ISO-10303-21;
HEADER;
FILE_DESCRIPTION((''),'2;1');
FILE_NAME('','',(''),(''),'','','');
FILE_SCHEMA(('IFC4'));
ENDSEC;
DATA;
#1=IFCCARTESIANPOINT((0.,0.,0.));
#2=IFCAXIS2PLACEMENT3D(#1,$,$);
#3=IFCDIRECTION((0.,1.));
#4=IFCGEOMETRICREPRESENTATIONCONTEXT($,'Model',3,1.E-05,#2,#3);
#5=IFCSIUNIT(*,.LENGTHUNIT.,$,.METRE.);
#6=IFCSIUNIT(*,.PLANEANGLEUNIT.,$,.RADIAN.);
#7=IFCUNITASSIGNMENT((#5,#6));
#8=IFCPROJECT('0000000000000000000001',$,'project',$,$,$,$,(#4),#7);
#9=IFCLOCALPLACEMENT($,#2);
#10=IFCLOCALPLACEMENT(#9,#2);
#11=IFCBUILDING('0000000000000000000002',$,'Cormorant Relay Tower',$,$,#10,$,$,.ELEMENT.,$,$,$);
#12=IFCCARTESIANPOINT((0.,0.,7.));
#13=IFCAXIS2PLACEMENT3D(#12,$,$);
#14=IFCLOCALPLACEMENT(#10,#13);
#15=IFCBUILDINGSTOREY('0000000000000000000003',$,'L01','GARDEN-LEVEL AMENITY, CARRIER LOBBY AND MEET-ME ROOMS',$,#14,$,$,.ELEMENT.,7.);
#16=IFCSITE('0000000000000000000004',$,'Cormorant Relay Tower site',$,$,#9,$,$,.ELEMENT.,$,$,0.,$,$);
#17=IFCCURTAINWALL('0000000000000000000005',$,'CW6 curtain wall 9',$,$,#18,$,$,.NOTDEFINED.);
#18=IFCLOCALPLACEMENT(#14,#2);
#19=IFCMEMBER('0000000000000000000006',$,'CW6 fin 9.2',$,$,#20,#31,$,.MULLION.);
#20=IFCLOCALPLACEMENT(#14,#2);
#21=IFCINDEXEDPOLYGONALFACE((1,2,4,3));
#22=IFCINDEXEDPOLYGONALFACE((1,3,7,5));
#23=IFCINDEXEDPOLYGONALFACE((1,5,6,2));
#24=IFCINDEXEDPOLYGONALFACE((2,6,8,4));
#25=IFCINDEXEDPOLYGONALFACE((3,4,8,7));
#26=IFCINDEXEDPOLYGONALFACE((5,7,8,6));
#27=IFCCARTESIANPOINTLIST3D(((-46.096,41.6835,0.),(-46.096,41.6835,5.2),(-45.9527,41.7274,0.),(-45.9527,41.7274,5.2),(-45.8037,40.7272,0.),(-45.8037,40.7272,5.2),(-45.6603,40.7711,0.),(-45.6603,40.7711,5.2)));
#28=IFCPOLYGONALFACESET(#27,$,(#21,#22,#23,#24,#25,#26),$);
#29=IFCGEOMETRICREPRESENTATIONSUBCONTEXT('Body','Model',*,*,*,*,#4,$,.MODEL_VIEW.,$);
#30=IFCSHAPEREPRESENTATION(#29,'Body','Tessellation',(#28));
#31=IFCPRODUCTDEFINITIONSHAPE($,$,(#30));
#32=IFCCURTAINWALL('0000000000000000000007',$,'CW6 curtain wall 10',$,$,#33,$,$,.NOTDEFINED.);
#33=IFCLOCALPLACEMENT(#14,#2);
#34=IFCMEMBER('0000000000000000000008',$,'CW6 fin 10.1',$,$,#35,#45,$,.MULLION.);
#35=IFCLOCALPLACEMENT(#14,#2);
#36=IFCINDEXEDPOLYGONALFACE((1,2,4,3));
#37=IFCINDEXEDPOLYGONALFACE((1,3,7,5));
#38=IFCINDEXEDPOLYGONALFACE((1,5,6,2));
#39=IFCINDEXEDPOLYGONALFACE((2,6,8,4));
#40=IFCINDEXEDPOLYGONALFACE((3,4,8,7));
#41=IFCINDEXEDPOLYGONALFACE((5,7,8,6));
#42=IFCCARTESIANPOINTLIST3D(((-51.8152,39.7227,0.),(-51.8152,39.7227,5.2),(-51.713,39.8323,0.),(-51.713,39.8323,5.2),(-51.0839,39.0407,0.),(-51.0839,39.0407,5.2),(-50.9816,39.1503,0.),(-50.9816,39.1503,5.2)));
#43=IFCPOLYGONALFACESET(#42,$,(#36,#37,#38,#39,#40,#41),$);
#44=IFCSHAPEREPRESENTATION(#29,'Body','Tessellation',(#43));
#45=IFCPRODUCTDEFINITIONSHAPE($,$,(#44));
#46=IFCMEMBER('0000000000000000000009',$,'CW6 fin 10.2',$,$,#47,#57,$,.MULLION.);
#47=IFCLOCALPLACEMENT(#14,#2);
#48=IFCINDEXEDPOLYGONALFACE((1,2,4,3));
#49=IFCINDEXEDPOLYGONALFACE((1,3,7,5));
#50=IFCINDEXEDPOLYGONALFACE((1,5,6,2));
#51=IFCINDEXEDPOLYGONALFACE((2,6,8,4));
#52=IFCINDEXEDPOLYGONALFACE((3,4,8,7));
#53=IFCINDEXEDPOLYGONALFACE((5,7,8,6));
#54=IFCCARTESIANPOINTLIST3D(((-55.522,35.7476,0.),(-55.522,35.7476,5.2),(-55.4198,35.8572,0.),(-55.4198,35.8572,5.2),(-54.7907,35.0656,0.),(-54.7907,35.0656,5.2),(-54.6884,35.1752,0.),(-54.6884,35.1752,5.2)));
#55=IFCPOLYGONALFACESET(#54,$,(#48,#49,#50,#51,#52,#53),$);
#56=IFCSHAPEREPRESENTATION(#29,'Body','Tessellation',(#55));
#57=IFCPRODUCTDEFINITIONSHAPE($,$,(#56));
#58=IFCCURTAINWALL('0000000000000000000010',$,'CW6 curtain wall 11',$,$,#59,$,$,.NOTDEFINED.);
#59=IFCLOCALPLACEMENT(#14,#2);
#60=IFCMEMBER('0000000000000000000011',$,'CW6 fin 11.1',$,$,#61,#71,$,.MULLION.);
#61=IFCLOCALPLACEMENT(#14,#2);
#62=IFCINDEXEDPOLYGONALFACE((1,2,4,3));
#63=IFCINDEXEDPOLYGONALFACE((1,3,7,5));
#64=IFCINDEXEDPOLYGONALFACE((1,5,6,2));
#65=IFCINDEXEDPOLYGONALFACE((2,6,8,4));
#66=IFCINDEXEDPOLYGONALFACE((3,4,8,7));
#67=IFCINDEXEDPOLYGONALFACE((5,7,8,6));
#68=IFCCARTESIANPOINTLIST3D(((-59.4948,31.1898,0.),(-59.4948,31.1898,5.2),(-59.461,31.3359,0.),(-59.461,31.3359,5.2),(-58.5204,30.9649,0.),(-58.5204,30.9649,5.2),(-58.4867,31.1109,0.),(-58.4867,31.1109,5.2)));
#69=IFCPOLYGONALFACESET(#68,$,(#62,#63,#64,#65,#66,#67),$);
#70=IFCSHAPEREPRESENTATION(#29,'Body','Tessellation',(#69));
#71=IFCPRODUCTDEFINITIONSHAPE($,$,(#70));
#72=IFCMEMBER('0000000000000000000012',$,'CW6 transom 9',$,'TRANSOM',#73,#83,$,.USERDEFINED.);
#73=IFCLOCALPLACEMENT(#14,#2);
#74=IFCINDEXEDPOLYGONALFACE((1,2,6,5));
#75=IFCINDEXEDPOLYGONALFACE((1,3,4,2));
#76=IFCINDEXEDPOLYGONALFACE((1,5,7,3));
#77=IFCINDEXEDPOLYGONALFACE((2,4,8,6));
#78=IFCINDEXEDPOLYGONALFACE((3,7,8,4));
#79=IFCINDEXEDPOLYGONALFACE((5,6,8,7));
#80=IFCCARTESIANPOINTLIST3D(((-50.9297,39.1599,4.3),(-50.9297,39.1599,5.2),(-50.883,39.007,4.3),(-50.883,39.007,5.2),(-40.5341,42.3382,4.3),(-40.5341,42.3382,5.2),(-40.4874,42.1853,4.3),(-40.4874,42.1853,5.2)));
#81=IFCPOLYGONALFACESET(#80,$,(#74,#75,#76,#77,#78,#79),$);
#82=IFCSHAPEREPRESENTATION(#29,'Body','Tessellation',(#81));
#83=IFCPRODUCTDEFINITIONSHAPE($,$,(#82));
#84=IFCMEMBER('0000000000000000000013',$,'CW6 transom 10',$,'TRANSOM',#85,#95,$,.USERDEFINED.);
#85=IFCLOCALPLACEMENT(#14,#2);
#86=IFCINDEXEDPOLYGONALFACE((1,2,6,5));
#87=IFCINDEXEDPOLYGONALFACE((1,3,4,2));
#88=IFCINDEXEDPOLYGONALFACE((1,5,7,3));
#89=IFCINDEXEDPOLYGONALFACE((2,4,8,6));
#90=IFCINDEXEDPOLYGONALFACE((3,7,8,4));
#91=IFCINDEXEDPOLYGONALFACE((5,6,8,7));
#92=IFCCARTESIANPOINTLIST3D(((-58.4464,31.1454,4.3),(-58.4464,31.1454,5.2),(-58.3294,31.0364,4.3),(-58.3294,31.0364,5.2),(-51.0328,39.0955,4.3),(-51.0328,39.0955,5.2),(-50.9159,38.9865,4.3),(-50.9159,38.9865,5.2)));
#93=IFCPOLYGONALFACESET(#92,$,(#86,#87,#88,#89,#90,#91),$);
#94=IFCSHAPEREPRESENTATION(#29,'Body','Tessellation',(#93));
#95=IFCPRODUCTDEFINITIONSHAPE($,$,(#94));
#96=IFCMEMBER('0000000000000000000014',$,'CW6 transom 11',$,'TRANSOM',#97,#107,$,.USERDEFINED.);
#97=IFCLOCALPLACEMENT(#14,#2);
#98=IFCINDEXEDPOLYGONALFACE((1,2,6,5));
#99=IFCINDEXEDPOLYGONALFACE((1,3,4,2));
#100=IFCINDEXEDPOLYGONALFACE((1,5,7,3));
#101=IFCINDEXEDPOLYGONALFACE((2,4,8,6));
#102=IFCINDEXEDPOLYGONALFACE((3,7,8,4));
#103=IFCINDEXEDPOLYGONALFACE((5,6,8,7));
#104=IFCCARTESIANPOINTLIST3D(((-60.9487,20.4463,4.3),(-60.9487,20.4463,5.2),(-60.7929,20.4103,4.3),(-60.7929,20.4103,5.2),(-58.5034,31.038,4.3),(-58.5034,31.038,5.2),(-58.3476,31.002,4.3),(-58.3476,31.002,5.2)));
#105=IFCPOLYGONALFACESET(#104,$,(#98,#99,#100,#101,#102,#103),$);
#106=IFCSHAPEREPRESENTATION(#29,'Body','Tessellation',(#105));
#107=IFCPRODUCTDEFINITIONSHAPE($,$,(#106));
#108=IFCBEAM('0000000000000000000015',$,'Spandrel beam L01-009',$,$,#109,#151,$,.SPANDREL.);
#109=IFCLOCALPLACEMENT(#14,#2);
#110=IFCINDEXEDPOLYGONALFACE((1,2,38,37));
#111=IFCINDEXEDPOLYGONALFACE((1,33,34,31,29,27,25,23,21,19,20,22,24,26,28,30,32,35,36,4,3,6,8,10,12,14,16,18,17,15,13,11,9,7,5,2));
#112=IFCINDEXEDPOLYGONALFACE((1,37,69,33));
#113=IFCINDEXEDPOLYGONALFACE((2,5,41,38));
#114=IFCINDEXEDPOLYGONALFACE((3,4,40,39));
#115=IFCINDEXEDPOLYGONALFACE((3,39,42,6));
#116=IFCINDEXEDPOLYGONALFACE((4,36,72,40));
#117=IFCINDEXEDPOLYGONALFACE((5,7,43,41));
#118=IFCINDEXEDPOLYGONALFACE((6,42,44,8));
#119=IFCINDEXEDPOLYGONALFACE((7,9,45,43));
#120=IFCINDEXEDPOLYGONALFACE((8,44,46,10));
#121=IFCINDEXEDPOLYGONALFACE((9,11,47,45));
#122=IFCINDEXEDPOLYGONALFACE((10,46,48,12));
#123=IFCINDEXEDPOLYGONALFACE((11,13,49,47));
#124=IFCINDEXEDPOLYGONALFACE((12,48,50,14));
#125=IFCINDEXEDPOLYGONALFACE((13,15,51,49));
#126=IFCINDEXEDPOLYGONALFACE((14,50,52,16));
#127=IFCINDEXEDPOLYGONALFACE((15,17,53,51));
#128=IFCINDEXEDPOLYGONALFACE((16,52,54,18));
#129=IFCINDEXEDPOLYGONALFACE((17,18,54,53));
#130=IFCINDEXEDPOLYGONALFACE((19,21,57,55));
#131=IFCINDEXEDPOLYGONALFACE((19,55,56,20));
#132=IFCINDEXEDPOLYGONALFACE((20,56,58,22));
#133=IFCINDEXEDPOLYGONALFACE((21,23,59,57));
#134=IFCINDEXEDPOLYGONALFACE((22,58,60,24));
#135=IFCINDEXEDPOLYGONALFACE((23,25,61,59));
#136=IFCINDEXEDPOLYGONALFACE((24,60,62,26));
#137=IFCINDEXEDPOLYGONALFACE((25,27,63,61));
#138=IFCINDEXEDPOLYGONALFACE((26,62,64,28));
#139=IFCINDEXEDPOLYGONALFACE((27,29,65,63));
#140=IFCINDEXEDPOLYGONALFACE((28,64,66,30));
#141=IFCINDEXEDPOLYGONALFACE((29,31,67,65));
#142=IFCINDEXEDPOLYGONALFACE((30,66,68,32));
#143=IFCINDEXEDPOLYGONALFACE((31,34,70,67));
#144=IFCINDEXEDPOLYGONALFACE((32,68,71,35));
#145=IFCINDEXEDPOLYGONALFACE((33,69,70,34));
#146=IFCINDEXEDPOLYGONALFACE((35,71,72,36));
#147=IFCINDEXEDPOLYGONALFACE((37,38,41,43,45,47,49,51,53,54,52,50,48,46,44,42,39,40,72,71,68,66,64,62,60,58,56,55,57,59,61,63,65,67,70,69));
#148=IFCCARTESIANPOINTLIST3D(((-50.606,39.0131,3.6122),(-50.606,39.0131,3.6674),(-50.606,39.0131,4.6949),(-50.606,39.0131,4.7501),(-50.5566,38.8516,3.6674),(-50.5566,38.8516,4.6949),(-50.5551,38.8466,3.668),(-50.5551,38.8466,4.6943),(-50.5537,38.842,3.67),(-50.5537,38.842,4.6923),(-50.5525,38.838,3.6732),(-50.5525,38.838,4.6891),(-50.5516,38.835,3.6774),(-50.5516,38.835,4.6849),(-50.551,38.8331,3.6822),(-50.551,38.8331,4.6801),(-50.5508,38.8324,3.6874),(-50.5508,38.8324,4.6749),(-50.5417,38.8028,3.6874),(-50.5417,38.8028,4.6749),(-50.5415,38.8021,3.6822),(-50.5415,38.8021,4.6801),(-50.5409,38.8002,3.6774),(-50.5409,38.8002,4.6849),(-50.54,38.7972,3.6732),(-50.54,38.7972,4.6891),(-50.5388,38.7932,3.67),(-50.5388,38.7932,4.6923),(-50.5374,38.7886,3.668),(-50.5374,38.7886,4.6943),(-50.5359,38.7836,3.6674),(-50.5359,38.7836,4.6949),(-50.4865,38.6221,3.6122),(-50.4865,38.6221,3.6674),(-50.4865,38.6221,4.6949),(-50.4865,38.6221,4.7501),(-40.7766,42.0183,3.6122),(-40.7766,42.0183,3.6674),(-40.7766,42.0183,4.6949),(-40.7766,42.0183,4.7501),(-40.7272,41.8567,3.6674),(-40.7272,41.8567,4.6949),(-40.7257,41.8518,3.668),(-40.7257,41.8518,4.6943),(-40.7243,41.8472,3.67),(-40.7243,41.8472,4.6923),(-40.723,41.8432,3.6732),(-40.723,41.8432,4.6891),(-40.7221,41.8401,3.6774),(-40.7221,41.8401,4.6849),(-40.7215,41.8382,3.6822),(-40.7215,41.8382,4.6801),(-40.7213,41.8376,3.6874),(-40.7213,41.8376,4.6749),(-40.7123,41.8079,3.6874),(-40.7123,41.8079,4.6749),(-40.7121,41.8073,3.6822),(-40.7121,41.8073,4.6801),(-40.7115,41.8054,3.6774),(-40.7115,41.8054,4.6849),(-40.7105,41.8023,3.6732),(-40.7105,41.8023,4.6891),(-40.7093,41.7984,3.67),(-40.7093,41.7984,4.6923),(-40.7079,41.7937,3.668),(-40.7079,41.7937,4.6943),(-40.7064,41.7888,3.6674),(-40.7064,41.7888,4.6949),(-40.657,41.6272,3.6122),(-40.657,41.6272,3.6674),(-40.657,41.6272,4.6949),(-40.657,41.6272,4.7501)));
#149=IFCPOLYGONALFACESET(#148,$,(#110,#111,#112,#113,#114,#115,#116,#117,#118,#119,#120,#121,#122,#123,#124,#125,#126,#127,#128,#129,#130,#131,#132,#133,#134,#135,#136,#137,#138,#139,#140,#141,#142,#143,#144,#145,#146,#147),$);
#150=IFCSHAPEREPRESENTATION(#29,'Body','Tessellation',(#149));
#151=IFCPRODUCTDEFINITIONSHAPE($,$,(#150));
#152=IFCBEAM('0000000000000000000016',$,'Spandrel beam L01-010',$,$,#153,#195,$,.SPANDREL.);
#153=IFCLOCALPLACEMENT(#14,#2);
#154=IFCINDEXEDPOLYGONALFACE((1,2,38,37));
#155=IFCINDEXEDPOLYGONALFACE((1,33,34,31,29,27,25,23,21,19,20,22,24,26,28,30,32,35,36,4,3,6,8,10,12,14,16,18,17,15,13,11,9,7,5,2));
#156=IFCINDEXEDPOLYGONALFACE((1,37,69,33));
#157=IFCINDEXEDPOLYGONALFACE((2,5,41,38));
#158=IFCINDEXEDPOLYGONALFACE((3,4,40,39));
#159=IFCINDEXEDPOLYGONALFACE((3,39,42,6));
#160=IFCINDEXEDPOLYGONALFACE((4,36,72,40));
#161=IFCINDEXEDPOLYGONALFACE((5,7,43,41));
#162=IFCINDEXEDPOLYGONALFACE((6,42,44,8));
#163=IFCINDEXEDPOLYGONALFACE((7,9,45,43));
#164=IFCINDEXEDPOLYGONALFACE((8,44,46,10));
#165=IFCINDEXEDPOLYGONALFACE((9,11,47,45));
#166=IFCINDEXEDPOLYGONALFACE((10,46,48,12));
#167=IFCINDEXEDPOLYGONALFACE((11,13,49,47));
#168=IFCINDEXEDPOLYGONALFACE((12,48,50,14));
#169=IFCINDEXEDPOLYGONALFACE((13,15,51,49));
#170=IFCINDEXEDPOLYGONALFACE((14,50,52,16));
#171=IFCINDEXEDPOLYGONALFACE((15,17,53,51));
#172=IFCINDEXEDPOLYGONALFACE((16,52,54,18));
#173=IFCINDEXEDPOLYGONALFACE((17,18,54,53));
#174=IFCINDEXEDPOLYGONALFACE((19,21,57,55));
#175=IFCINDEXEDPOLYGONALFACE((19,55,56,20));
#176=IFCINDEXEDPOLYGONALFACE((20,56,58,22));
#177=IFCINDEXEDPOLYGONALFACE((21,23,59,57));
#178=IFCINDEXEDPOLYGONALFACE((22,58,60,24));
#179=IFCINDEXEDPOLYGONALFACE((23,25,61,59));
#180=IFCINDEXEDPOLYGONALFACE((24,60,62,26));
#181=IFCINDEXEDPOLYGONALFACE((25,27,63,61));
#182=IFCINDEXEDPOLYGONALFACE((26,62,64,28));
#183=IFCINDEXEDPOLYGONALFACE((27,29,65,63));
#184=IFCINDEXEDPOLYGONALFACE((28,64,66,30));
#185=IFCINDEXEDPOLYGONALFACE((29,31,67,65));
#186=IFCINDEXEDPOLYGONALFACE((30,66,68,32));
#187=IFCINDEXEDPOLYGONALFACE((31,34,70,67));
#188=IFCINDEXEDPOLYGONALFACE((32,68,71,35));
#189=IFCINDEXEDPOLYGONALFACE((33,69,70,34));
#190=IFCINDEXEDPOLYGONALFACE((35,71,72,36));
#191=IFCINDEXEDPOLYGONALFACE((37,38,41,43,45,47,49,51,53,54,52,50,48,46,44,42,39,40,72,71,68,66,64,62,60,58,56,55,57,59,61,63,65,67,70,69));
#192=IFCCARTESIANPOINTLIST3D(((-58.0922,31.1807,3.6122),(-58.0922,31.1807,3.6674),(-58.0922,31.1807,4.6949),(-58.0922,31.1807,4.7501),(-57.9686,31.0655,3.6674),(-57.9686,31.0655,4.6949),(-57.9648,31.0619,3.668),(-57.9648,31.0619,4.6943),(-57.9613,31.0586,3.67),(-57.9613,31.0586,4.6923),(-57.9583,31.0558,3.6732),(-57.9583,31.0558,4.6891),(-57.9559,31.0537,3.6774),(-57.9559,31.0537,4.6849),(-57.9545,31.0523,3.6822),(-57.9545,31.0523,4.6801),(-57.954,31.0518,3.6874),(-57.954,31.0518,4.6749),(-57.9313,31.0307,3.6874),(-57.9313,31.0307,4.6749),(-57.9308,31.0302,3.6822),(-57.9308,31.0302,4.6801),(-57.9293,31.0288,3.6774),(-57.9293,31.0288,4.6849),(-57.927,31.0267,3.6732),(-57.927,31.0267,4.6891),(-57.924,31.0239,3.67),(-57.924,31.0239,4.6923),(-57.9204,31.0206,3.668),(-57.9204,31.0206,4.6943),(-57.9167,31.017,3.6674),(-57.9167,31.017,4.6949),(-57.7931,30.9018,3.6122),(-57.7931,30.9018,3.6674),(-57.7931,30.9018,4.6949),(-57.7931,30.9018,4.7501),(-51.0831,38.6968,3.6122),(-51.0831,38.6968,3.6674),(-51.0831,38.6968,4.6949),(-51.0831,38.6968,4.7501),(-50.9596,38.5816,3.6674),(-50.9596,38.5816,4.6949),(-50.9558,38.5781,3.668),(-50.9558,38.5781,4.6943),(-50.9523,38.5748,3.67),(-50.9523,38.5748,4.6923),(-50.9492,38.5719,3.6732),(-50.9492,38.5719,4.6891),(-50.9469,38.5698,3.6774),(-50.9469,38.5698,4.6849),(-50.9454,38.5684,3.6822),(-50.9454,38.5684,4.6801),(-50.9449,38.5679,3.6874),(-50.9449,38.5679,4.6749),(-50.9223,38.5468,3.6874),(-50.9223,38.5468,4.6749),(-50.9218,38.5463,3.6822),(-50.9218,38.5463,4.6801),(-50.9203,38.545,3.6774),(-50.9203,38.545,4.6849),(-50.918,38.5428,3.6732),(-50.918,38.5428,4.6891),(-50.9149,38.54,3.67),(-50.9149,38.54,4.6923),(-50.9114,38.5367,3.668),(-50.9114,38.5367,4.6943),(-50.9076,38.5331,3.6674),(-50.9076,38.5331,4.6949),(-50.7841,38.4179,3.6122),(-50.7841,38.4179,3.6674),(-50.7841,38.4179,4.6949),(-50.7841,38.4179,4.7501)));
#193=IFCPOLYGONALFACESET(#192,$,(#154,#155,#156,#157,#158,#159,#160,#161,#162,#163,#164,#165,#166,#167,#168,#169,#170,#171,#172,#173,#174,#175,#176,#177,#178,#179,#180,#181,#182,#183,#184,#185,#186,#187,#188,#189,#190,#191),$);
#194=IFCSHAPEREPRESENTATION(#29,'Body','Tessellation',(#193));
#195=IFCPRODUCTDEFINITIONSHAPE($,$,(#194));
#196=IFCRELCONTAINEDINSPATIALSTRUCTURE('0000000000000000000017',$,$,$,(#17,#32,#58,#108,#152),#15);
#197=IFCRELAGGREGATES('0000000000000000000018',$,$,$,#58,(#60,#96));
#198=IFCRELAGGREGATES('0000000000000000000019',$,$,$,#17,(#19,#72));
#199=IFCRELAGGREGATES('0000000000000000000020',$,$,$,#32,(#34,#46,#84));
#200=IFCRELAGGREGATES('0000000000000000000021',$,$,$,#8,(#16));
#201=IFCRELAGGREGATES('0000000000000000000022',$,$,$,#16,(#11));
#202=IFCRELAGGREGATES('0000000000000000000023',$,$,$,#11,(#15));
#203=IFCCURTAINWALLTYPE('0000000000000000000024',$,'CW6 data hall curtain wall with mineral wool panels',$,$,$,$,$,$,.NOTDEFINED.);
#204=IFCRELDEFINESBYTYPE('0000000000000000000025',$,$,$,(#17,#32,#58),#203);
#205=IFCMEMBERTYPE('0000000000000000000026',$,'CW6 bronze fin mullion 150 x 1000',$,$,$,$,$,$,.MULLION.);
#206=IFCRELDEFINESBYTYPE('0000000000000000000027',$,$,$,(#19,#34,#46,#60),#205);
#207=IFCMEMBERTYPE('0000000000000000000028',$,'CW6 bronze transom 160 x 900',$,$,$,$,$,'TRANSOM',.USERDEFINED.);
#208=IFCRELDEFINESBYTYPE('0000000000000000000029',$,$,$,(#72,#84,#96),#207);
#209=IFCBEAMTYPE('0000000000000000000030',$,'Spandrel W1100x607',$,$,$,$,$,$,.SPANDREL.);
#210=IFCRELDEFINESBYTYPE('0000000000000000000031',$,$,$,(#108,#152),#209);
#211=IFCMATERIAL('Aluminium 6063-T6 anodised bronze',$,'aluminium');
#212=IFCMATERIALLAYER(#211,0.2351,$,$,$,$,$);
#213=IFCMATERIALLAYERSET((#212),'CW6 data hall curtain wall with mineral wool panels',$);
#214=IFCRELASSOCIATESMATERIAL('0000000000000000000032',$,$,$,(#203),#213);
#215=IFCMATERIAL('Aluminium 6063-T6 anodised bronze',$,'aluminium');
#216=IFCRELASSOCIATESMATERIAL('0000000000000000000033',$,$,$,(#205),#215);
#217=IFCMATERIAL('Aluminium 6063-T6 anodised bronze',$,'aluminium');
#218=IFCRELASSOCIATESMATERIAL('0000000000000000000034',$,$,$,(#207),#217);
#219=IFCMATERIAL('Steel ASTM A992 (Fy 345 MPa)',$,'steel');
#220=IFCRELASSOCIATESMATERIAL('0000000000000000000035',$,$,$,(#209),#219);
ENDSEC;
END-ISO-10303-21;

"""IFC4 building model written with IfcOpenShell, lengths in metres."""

from ifc_helpers import new_model, si_unit, direction, frame, origin, origin_2d, place, context, subcontext, project, spatial, rectangle, i_section, extrude, material, layer, layer_set, material_profile, profile_set, type_object, element, aggregate, save


model = new_model("IFC4")

# Units and contexts
model_context = context("Model", 3, precision=1e-05, world=origin(), true_north=direction((0.0, 1.0)))
body_context = subcontext(model_context, "Body", "Model", "MODEL_VIEW")
ifc_project = project(units=[si_unit("LENGTHUNIT", "METRE"), si_unit("PLANEANGLEUNIT", "RADIAN")], contexts=[model_context])

# Site, building, storey
site_placement = place(None, origin())
site = spatial("IfcSite", under=ifc_project, at=site_placement, Name="Cormorant Relay Tower site", CompositionType="ELEMENT", RefElevation=0.0)
building_placement = place(site_placement, origin())
building = spatial("IfcBuilding", under=site, at=building_placement, Name="Cormorant Relay Tower", CompositionType="ELEMENT")
storey_placement = place(building_placement, frame((0.0, 0.0, 7.0)))
storey = spatial("IfcBuildingStorey", under=building, at=storey_placement, Name="L01", Description="GARDEN-LEVEL AMENITY, CARRIER LOBBY AND MEET-ME ROOMS", CompositionType="ELEMENT", Elevation=7.0)

# Curtain walls, members
ifc_material_1 = material(Name="Aluminium 6063-T6 anodised bronze", Category="aluminium")
ifc_layer_1 = layer(ifc_material_1, 0.2351)
ifc_layer_set_1 = layer_set([ifc_layer_1], Name="CW6 data hall curtain wall with mineral wool panels")
curtain_wall_type = type_object("IfcCurtainWallType", Name="CW6 data hall curtain wall with mineral wool panels", PredefinedType="NOTDEFINED", material=ifc_layer_set_1)
curtain_wall_1_placement = place(storey_placement, origin())
curtain_wall_1 = element("IfcCurtainWall", 1, at=curtain_wall_1_placement, inside=storey, type_object=curtain_wall_type, Name="CW6 curtain wall 9", PredefinedType="NOTDEFINED")
ifc_material_2 = material(Name="Aluminium 6063-T6 anodised bronze", Category="aluminium")
ifc_material_profile_1 = material_profile(ifc_material_2, rectangle(XDim=0.1499, YDim=1.0, at=origin_2d()), Name="AL 150x1000")
ifc_profile_set_1 = profile_set([ifc_material_profile_1], Name="Aluminium 6063-T6 anodised bronze")
member_type_1 = type_object("IfcMemberType", Name="CW6 bronze fin mullion 150 x 1000", PredefinedType="MULLION", material=ifc_profile_set_1)
member_1_placement = place(storey_placement, frame((-45.8782, 41.2273, 0.0), z_axis=(0.0, 0.0, 1.0), x_axis=(-0.956305, -0.292372, 0.0)))
member_1 = element("IfcMember", 2, at=member_1_placement, type_object=member_type_1, Name="CW6 fin 9.2", PredefinedType="MULLION", context=body_context, shape_type="SweptSolid", body=[
    extrude(rectangle(XDim=0.1499, YDim=1.0, at=origin_2d()), origin(), (0.0, 0.0, 1.0), 5.2),
])
curtain_wall_2_placement = place(storey_placement, origin())
curtain_wall_2 = element("IfcCurtainWall", 3, at=curtain_wall_2_placement, inside=storey, type_object=curtain_wall_type, Name="CW6 curtain wall 10", PredefinedType="NOTDEFINED")
member_2_placement = place(storey_placement, frame((-51.3984, 39.4365, 0.0), z_axis=(0.0, 0.0, 1.0), x_axis=(-0.681998, -0.731354, 0.0)))
member_2 = element("IfcMember", 4, at=member_2_placement, type_object=member_type_1, Name="CW6 fin 10.1", PredefinedType="MULLION", context=body_context, shape_type="SweptSolid", body=[
    extrude(rectangle(XDim=0.1499, YDim=1.0, at=origin_2d()), origin(), (0.0, 0.0, 1.0), 5.2),
])
member_3_placement = place(storey_placement, frame((-55.1052, 35.4614, 0.0), z_axis=(0.0, 0.0, 1.0), x_axis=(-0.681998, -0.731354, 0.0)))
member_3 = element("IfcMember", 5, at=member_3_placement, type_object=member_type_1, Name="CW6 fin 10.2", PredefinedType="MULLION", context=body_context, shape_type="SweptSolid", body=[
    extrude(rectangle(XDim=0.1499, YDim=1.0, at=origin_2d()), origin(), (0.0, 0.0, 1.0), 5.2),
])

# Curtain wall, member
curtain_wall_3_placement = place(storey_placement, origin())
curtain_wall_3 = element("IfcCurtainWall", 6, at=curtain_wall_3_placement, inside=storey, type_object=curtain_wall_type, Name="CW6 curtain wall 11", PredefinedType="NOTDEFINED")
member_4_placement = place(storey_placement, frame((-58.9907, 31.1504, 0.0), z_axis=(0.0, 0.0, 1.0), x_axis=(-0.224951, -0.97437, 0.0)))
member_4 = element("IfcMember", 7, at=member_4_placement, type_object=member_type_1, Name="CW6 fin 11.1", PredefinedType="MULLION", context=body_context, shape_type="SweptSolid", body=[
    extrude(rectangle(XDim=0.1499, YDim=1.0, at=origin_2d()), origin(), (0.0, 0.0, 1.0), 5.2),
])

# Members
ifc_material_3 = material(Name="Aluminium 6063-T6 anodised bronze", Category="aluminium")
ifc_material_profile_2 = material_profile(ifc_material_3, rectangle(XDim=0.1599, YDim=0.8999, at=origin_2d()), Name="AL 160x900")
ifc_profile_set_2 = profile_set([ifc_material_profile_2], Name="Aluminium 6063-T6 anodised bronze")
member_type_2 = type_object("IfcMemberType", Name="CW6 bronze transom 160 x 900", ElementType="TRANSOM", PredefinedType="USERDEFINED", material=ifc_profile_set_2)
member_5_placement = place(storey_placement, frame((-40.5107, 42.2617, 4.75), z_axis=(-0.956305, -0.292371, 0.0), x_axis=(0.292371, -0.956305, 0.0)))
member_5 = element("IfcMember", 8, at=member_5_placement, type_object=member_type_2, Name="CW6 transom 9", ObjectType="TRANSOM", PredefinedType="USERDEFINED", context=body_context, shape_type="SweptSolid", body=[
    extrude(rectangle(XDim=0.1599, YDim=0.8999, at=origin_2d()), origin(), (0.0, 0.0, 1.0), 10.8706),
])
member_6_placement = place(storey_placement, frame((-50.9744, 39.041, 4.75), z_axis=(-0.681993, -0.731358, 0.0), x_axis=(0.731358, -0.681993, 0.0)))
member_6 = element("IfcMember", 9, at=member_6_placement, type_object=member_type_2, Name="CW6 transom 10", ObjectType="TRANSOM", PredefinedType="USERDEFINED", context=body_context, shape_type="SweptSolid", body=[
    extrude(rectangle(XDim=0.1599, YDim=0.8999, at=origin_2d()), origin(), (0.0, 0.0, 1.0), 10.8704),
])
member_7_placement = place(storey_placement, frame((-58.4255, 31.02, 4.75), z_axis=(-0.224951, -0.97437, 0.0), x_axis=(0.97437, -0.224951, 0.0)))
member_7 = element("IfcMember", 10, at=member_7_placement, type_object=member_type_2, Name="CW6 transom 11", ObjectType="TRANSOM", PredefinedType="USERDEFINED", context=body_context, shape_type="SweptSolid", body=[
    extrude(rectangle(XDim=0.1599, YDim=0.8999, at=origin_2d()), origin(), (0.0, 0.0, 1.0), 10.8704),
])
aggregate(curtain_wall_3, [member_4, member_7])

# Beams
ifc_material_4 = material(Name="Steel ASTM A992 (Fy 345 MPa)", Category="steel")
ifc_material_profile_3 = material_profile(ifc_material_4, i_section(OverallWidth=0.4089, OverallDepth=1.1379, WebThickness=0.031, FlangeThickness=0.0552, FilletRadius=0.02, at=origin_2d()), Name="W1100x607")
ifc_profile_set_3 = profile_set([ifc_material_profile_3], Name="Steel ASTM A992 (Fy 345 MPa)")
beam_type = type_object("IfcBeamType", Name="Spandrel W1100x607", PredefinedType="SPANDREL", material=ifc_profile_set_3)
beam_1_placement = place(storey_placement, frame((-40.7168, 41.8228, 4.1812), z_axis=(-0.956305, -0.292371, 0.0), x_axis=(0.292371, -0.956305, 0.0)))
element("IfcBeam", 11, at=beam_1_placement, inside=storey, type_object=beam_type, Name="Spandrel beam L01-009", PredefinedType="SPANDREL", context=body_context, shape_type="SweptSolid", body=[
    extrude(i_section(OverallWidth=0.4089, OverallDepth=1.1379, WebThickness=0.031, FlangeThickness=0.0552, FilletRadius=0.02, at=origin_2d()), origin(), (0.0, 0.0, 1.0), 10.2786),
])
beam_2_placement = place(storey_placement, frame((-50.9336, 38.5574, 4.1812), z_axis=(-0.682006, -0.731347, 0.0), x_axis=(0.731347, -0.682006, 0.0)))
element("IfcBeam", 12, at=beam_2_placement, inside=storey, type_object=beam_type, Name="Spandrel beam L01-010", PredefinedType="SPANDREL", context=body_context, shape_type="SweptSolid", body=[
    extrude(i_section(OverallWidth=0.4089, OverallDepth=1.1379, WebThickness=0.031, FlangeThickness=0.0552, FilletRadius=0.02, at=origin_2d()), origin(), (0.0, 0.0, 1.0), 10.2771),
])

aggregate(curtain_wall_1, [member_1, member_5])
aggregate(curtain_wall_2, [member_2, member_3, member_6])

save(model, "model.ifc")
